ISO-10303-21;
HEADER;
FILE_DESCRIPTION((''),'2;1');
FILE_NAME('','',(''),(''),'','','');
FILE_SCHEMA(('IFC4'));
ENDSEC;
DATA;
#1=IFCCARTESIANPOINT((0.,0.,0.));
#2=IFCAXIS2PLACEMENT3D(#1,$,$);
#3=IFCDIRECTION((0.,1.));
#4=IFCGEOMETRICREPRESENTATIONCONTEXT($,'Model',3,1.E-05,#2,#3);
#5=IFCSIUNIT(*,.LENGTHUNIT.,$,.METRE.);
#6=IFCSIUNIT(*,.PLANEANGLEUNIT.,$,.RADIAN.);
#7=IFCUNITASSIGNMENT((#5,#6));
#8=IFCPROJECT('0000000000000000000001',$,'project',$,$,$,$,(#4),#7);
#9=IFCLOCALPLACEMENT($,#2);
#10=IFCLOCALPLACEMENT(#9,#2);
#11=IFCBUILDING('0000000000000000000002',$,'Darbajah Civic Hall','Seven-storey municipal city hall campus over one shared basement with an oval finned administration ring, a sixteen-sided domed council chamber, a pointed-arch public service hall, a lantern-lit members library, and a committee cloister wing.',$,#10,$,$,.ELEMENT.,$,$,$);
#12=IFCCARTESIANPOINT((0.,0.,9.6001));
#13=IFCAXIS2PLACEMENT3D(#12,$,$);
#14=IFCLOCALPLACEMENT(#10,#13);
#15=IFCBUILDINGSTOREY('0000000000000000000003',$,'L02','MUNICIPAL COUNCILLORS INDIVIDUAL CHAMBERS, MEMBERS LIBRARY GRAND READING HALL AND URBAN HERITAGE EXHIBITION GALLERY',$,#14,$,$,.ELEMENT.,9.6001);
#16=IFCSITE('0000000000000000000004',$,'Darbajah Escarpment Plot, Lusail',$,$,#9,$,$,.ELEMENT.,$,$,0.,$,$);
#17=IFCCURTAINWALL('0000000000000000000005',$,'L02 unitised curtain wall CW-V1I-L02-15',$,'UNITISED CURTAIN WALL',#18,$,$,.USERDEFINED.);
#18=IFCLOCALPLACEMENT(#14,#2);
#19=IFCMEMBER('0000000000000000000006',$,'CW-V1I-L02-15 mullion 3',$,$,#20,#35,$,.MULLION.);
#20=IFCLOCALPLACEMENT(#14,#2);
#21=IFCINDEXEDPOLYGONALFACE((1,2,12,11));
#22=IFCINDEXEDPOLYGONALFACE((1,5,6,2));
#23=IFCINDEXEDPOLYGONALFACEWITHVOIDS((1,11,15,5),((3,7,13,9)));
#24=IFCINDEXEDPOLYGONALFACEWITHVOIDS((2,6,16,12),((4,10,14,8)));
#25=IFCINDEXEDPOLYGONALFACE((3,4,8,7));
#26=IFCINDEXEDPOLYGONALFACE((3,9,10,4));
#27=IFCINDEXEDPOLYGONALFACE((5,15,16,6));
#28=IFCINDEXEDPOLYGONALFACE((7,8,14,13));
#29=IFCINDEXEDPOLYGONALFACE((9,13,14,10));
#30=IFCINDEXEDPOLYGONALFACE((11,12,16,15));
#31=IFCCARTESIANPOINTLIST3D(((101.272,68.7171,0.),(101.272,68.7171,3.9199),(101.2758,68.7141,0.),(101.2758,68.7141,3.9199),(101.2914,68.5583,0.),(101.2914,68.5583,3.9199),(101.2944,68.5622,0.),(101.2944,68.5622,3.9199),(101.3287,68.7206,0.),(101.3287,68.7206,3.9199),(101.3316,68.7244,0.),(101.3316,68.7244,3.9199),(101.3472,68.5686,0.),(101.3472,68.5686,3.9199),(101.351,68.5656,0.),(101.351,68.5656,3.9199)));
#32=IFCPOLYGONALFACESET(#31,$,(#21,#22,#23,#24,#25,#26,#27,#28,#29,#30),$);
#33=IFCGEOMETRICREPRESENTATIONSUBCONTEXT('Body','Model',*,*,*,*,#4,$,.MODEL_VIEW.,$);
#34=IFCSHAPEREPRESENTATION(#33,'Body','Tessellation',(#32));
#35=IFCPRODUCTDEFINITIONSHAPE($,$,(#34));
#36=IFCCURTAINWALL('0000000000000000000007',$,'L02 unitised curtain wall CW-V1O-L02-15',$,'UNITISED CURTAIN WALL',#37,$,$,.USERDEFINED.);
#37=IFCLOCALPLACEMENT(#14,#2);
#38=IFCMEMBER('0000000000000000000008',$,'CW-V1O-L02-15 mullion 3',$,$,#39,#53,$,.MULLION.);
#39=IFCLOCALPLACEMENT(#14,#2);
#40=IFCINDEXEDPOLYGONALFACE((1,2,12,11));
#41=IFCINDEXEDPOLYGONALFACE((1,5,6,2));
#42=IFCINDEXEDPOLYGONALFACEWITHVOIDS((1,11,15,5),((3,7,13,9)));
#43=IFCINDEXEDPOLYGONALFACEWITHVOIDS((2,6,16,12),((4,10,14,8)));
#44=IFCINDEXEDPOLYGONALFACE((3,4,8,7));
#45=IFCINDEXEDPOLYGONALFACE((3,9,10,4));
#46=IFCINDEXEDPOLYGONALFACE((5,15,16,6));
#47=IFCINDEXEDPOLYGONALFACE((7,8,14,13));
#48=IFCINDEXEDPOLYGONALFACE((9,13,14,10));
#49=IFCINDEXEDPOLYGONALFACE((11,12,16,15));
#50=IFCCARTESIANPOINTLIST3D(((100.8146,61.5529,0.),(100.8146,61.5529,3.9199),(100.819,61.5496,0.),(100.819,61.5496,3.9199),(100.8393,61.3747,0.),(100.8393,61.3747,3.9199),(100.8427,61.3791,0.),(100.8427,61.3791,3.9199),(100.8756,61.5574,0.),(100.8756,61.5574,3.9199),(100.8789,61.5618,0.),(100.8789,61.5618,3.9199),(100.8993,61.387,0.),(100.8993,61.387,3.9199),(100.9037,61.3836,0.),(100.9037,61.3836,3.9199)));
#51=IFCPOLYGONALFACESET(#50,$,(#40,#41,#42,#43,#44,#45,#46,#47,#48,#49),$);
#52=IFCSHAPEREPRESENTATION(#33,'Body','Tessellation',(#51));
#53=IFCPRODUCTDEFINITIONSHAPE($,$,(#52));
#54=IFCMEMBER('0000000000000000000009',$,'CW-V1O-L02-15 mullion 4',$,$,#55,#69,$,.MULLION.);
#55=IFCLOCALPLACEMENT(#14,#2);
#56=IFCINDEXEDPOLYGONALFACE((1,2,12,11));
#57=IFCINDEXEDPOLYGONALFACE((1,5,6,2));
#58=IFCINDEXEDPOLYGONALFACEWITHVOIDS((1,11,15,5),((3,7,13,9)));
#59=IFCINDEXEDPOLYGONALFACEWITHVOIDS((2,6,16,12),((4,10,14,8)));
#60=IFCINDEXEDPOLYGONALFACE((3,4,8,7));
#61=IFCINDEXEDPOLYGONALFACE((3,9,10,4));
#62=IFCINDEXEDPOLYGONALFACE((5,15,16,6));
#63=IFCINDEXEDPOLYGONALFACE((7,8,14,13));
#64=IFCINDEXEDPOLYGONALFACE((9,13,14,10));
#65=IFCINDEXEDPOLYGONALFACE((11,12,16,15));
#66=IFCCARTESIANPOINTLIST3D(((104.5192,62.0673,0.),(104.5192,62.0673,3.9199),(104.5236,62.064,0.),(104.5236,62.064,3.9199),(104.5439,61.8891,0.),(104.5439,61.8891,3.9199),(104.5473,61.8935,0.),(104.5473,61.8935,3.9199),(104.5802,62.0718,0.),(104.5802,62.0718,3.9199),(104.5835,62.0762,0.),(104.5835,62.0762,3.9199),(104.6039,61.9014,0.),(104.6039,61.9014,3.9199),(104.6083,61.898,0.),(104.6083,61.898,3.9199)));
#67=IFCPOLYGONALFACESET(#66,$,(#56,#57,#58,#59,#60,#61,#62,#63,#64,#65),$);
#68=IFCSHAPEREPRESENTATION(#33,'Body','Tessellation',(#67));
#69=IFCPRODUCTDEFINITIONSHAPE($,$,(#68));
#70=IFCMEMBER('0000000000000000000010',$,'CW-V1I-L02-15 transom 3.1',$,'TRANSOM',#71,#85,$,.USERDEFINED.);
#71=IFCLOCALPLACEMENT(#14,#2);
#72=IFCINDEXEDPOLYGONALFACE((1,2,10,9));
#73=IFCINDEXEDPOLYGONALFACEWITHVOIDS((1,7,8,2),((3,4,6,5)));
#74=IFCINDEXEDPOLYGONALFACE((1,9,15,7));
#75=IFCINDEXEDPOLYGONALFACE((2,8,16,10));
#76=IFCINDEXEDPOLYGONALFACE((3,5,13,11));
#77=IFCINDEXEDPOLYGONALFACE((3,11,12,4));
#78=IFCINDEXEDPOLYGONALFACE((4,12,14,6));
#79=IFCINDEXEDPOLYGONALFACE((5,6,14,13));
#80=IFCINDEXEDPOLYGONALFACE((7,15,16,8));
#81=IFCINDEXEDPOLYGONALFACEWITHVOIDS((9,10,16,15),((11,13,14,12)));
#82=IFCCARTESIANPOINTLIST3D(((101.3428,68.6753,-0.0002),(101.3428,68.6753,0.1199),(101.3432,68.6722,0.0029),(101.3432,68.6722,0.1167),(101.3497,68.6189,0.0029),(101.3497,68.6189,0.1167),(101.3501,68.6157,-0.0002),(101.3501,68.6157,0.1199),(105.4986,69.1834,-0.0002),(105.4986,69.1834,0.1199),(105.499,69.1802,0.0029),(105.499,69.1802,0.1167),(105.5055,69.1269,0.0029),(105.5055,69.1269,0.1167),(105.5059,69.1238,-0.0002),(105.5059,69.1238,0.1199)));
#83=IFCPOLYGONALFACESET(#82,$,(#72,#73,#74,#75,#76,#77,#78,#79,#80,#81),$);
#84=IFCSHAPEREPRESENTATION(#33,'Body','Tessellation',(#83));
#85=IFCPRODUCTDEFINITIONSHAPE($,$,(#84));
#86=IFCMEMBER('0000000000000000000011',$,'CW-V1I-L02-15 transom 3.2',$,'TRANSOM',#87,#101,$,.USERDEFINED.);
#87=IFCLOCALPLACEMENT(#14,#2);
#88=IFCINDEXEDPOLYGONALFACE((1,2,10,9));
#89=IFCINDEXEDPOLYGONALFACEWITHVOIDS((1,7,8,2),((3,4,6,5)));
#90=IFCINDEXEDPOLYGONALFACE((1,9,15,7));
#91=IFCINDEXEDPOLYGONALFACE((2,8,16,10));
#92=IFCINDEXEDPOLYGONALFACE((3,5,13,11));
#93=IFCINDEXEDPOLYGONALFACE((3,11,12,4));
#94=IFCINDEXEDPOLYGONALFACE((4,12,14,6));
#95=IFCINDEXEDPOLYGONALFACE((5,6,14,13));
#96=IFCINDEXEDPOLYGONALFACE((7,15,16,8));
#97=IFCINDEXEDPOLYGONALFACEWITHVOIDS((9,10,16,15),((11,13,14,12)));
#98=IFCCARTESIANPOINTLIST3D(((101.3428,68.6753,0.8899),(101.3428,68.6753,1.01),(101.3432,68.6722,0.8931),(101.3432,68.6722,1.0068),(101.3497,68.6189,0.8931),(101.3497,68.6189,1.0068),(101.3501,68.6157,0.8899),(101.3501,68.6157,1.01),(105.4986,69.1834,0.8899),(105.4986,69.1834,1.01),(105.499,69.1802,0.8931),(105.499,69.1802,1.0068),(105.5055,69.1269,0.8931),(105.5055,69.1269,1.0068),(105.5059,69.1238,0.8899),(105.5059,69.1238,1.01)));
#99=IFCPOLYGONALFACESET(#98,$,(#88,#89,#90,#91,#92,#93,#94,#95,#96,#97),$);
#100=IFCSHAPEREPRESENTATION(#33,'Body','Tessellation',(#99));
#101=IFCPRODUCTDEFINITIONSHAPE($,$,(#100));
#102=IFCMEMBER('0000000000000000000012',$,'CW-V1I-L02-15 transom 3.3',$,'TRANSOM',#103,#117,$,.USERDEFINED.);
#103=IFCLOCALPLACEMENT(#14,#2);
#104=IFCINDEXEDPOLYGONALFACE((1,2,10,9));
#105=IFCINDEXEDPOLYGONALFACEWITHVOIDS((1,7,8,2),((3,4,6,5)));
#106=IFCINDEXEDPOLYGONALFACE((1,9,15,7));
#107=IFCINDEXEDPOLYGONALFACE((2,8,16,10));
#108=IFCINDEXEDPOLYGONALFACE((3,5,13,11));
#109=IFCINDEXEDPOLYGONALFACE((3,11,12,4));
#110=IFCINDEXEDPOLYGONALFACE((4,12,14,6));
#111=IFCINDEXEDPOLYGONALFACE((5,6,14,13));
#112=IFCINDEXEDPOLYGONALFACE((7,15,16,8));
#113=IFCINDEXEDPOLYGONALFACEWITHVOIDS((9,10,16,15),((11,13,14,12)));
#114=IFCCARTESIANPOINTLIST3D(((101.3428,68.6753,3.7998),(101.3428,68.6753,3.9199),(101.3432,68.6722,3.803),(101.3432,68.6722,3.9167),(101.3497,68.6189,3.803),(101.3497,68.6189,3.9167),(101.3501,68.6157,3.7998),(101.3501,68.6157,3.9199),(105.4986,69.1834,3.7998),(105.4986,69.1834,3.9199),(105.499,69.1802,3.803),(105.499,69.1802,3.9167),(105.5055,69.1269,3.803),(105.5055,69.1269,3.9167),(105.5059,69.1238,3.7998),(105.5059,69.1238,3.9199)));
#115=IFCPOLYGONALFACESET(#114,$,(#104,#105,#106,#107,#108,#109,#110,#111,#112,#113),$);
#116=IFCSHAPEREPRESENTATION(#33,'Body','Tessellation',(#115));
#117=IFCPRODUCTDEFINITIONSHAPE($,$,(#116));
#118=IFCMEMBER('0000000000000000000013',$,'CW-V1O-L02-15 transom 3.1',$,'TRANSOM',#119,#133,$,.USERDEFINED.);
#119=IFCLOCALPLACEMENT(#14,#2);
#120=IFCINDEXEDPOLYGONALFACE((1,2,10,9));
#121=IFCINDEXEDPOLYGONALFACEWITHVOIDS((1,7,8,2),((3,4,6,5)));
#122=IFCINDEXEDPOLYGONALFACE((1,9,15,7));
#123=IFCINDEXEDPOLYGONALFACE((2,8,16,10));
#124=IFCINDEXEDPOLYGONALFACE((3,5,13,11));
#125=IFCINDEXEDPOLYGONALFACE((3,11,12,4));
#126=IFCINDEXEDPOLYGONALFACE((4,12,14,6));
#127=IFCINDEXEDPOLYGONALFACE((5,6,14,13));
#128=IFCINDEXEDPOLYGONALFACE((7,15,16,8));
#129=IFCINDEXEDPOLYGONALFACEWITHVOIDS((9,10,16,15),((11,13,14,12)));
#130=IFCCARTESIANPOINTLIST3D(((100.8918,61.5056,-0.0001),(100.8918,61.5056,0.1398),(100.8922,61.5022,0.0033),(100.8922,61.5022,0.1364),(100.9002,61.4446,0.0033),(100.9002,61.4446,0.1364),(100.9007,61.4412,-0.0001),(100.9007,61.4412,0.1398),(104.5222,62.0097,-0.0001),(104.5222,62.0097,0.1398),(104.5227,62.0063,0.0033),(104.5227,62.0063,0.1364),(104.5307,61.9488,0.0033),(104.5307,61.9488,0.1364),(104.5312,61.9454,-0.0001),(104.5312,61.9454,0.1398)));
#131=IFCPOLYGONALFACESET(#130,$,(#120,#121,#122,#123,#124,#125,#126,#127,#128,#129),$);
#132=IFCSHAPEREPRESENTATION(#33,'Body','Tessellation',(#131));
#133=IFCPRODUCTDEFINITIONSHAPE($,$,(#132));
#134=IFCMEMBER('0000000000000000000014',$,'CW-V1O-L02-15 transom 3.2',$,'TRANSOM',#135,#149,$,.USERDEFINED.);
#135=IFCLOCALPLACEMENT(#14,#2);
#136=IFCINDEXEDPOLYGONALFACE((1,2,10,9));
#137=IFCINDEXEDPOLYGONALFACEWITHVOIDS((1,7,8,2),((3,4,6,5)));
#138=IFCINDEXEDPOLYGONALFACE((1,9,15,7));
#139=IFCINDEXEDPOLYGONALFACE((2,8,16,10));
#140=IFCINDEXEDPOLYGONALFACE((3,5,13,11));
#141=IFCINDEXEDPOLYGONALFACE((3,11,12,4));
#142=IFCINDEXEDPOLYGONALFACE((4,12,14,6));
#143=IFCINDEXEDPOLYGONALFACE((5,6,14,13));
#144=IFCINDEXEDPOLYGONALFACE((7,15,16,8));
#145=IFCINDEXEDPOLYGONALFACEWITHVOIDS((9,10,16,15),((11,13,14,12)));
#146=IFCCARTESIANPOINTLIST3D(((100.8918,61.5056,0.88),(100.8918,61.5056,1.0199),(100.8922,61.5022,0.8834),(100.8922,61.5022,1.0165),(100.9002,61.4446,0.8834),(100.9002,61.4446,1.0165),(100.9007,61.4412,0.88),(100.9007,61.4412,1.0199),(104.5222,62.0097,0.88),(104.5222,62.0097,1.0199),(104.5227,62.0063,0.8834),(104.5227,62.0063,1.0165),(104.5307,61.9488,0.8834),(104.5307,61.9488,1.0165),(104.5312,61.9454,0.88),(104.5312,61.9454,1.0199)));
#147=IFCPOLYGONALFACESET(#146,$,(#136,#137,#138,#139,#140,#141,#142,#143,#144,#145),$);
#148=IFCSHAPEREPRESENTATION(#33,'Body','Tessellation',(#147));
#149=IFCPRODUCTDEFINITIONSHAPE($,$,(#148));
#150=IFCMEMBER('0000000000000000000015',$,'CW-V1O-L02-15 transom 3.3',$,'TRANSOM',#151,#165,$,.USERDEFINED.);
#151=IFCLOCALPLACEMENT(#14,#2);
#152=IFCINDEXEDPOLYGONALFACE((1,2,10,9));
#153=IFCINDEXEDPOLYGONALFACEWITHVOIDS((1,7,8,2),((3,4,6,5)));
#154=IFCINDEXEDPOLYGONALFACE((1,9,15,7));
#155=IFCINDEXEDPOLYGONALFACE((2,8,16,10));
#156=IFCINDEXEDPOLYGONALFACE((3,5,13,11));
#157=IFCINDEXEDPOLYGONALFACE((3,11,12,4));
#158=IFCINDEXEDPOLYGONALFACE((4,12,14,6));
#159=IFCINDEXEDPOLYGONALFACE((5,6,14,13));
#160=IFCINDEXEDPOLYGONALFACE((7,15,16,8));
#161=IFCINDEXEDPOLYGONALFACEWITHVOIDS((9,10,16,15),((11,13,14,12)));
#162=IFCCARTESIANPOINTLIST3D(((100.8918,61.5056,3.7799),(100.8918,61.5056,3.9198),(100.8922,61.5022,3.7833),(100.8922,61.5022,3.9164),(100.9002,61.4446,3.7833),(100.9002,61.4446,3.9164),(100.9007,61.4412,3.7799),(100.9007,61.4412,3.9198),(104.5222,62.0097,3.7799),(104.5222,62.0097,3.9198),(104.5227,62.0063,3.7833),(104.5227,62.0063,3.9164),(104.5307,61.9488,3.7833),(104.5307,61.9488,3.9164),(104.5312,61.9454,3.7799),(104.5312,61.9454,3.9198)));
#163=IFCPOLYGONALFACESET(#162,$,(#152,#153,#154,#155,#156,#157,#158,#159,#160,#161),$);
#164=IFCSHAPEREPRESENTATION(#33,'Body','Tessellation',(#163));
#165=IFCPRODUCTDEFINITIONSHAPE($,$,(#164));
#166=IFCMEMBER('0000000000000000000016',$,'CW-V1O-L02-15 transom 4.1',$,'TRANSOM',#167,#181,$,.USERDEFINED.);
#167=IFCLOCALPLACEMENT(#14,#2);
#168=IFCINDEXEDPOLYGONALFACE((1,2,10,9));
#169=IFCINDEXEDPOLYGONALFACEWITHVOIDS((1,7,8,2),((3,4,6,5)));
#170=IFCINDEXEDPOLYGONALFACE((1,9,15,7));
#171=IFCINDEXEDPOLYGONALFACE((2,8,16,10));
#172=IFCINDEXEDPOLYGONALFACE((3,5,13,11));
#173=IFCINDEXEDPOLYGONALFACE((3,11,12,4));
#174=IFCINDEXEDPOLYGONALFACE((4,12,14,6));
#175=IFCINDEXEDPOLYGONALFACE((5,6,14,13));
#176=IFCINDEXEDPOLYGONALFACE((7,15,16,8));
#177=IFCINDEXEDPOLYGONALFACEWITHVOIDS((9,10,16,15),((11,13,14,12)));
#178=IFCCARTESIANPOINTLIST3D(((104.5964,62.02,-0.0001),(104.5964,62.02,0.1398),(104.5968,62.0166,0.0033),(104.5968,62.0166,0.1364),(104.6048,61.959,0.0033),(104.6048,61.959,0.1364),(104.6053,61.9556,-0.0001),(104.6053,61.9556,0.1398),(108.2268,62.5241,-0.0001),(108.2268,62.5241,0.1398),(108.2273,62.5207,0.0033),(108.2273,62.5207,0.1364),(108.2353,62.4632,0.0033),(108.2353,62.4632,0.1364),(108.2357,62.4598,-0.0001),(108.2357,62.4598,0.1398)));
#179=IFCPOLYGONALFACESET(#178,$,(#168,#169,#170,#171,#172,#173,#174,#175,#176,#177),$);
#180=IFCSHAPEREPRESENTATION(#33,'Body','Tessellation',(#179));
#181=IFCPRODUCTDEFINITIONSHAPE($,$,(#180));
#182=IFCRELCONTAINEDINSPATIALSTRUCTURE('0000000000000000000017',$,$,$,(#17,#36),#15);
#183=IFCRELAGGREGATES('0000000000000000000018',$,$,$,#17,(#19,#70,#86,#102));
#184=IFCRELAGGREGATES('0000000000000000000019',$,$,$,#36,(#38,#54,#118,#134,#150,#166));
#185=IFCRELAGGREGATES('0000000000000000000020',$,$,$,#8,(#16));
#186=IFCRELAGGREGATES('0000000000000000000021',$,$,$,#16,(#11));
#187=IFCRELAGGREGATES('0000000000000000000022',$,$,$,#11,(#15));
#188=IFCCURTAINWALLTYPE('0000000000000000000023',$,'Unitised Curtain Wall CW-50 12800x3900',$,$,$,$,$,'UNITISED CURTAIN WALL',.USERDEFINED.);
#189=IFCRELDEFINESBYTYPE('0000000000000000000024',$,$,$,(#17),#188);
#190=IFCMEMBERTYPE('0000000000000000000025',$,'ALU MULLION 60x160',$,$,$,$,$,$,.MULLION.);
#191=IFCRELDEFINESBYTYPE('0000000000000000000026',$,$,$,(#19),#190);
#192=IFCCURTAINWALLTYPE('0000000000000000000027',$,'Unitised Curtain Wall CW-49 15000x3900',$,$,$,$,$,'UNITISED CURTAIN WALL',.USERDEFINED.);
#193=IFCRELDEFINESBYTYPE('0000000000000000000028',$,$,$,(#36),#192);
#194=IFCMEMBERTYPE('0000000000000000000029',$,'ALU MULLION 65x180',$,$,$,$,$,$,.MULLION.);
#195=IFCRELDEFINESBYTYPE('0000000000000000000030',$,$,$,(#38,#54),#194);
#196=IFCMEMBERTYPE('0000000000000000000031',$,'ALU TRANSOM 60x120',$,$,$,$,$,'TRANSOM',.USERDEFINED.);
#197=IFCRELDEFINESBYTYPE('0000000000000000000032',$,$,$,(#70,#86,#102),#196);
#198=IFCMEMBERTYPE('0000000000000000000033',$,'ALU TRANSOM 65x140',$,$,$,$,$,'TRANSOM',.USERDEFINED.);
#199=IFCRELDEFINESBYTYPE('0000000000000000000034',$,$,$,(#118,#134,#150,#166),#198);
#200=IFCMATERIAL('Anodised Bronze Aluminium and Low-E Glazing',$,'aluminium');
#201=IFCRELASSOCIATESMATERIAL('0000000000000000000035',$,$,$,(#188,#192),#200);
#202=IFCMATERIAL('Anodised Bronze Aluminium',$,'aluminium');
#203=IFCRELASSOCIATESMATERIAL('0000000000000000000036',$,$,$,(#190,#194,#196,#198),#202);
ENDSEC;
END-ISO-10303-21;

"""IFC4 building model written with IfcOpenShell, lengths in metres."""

from ifc_helpers import new_model, si_unit, direction, frame, origin, origin_2d, place, context, subcontext, project, spatial, hollow_rectangle, extrude, material, material_profile, profile_set, type_object, element, aggregate, save


model = new_model("IFC4")

# Units and contexts
model_context = context("Model", 3, precision=1e-05, world=origin(), true_north=direction((0.0, 1.0)))
body_context = subcontext(model_context, "Body", "Model", "MODEL_VIEW")
ifc_project = project(units=[si_unit("LENGTHUNIT", "METRE"), si_unit("PLANEANGLEUNIT", "RADIAN")], contexts=[model_context])

# Site, building, storey
site_placement = place(None, origin())
site = spatial("IfcSite", under=ifc_project, at=site_placement, Name="Darbajah Escarpment Plot, Lusail", CompositionType="ELEMENT", RefElevation=0.0)
building_placement = place(site_placement, origin())
building = spatial("IfcBuilding", under=site, at=building_placement, Name="Darbajah Civic Hall", Description="Seven-storey municipal city hall campus over one shared basement with an oval finned administration ring, a sixteen-sided domed council chamber, a pointed-arch public service hall, a lantern-lit members library, and a committee cloister wing.", CompositionType="ELEMENT")
storey_placement = place(building_placement, frame((0.0, 0.0, 9.6001)))
storey = spatial("IfcBuildingStorey", under=building, at=storey_placement, Name="L02", Description="MUNICIPAL COUNCILLORS INDIVIDUAL CHAMBERS, MEMBERS LIBRARY GRAND READING HALL AND URBAN HERITAGE EXHIBITION GALLERY", CompositionType="ELEMENT", Elevation=9.6001)

# Curtain wall, member
ifc_material_1 = material(Name="Anodised Bronze Aluminium and Low-E Glazing", Category="aluminium")
curtain_wall_type_1 = type_object("IfcCurtainWallType", Name="Unitised Curtain Wall CW-50 12800x3900", ElementType="UNITISED CURTAIN WALL", PredefinedType="USERDEFINED", material=ifc_material_1)
curtain_wall_1_placement = place(storey_placement, origin())
curtain_wall_1 = element("IfcCurtainWall", 1, at=curtain_wall_1_placement, inside=storey, type_object=curtain_wall_type_1, Name="L02 unitised curtain wall CW-V1I-L02-15", ObjectType="UNITISED CURTAIN WALL", PredefinedType="USERDEFINED")
ifc_material_2 = material(Name="Anodised Bronze Aluminium", Category="aluminium")
ifc_material_profile_1 = material_profile(ifc_material_2, hollow_rectangle(XDim=0.0601, YDim=0.1599, WallThickness=0.0034, at=origin_2d()), Name="ALU MULLION 60x160")
ifc_profile_set_1 = profile_set([ifc_material_profile_1], Name="Anodised Bronze Aluminium")
member_type_1 = type_object("IfcMemberType", Name="ALU MULLION 60x160", PredefinedType="MULLION", material=ifc_profile_set_1)
member_1_placement = place(storey_placement, frame((101.3115, 68.6414, 0.0), z_axis=(0.0, 0.0, 1.0), x_axis=(0.99261, 0.12135, 0.0)))
member_1 = element("IfcMember", 2, at=member_1_placement, type_object=member_type_1, Name="CW-V1I-L02-15 mullion 3", PredefinedType="MULLION", context=body_context, shape_type="SweptSolid", body=[
    extrude(hollow_rectangle(XDim=0.0601, YDim=0.1599, WallThickness=0.0034, at=origin_2d()), origin(), (0.0, 0.0, 1.0), 3.9199),
])

# Curtain wall, members
curtain_wall_type_2 = type_object("IfcCurtainWallType", Name="Unitised Curtain Wall CW-49 15000x3900", ElementType="UNITISED CURTAIN WALL", PredefinedType="USERDEFINED", material=ifc_material_1)
curtain_wall_2_placement = place(storey_placement, origin())
curtain_wall_2 = element("IfcCurtainWall", 3, at=curtain_wall_2_placement, inside=storey, type_object=curtain_wall_type_2, Name="L02 unitised curtain wall CW-V1O-L02-15", ObjectType="UNITISED CURTAIN WALL", PredefinedType="USERDEFINED")
ifc_material_profile_2 = material_profile(ifc_material_2, hollow_rectangle(XDim=0.0649, YDim=0.1799, WallThickness=0.0039, at=origin_2d()), Name="ALU MULLION 65x180")
ifc_profile_set_2 = profile_set([ifc_material_profile_2], Name="Anodised Bronze Aluminium")
member_type_2 = type_object("IfcMemberType", Name="ALU MULLION 65x180", PredefinedType="MULLION", material=ifc_profile_set_2)
member_2_placement = place(storey_placement, frame((100.8591, 61.4683, 0.0), z_axis=(0.0, 0.0, 1.0), x_axis=(0.990485, 0.137617, 0.0)))
member_2 = element("IfcMember", 4, at=member_2_placement, type_object=member_type_2, Name="CW-V1O-L02-15 mullion 3", PredefinedType="MULLION", context=body_context, shape_type="SweptSolid", body=[
    extrude(hollow_rectangle(XDim=0.0649, YDim=0.1799, WallThickness=0.0039, at=origin_2d()), origin(), (0.0, 0.0, 1.0), 3.9199),
])
member_3_placement = place(storey_placement, frame((104.5637, 61.9827, 0.0), z_axis=(0.0, 0.0, 1.0), x_axis=(0.990485, 0.137617, 0.0)))
member_3 = element("IfcMember", 5, at=member_3_placement, type_object=member_type_2, Name="CW-V1O-L02-15 mullion 4", PredefinedType="MULLION", context=body_context, shape_type="SweptSolid", body=[
    extrude(hollow_rectangle(XDim=0.0649, YDim=0.1799, WallThickness=0.0039, at=origin_2d()), origin(), (0.0, 0.0, 1.0), 3.9199),
])

# Members
ifc_material_profile_3 = material_profile(ifc_material_2, hollow_rectangle(XDim=0.0601, YDim=0.1201, WallThickness=0.0032, at=origin_2d()), Name="ALU TRANSOM 60x120")
ifc_profile_set_3 = profile_set([ifc_material_profile_3], Name="Anodised Bronze Aluminium")
member_type_3 = type_object("IfcMemberType", Name="ALU TRANSOM 60x120", ElementType="TRANSOM", PredefinedType="USERDEFINED", material=ifc_profile_set_3)
member_4_placement = place(storey_placement, frame((101.3464, 68.6455, 0.0598), z_axis=(0.99261, 0.12135, 0.0), x_axis=(-0.12135, 0.99261, 0.0)))
member_4 = element("IfcMember", 6, at=member_4_placement, type_object=member_type_3, Name="CW-V1I-L02-15 transom 3.1", ObjectType="TRANSOM", PredefinedType="USERDEFINED", context=body_context, shape_type="SweptSolid", body=[
    extrude(hollow_rectangle(XDim=0.0601, YDim=0.1201, WallThickness=0.0032, at=origin_2d()), origin(), (0.0, 0.0, 1.0), 4.1868),
])
member_5_placement = place(storey_placement, frame((101.3464, 68.6455, 0.95), z_axis=(0.99261, 0.12135, 0.0), x_axis=(-0.12135, 0.99261, 0.0)))
member_5 = element("IfcMember", 7, at=member_5_placement, type_object=member_type_3, Name="CW-V1I-L02-15 transom 3.2", ObjectType="TRANSOM", PredefinedType="USERDEFINED", context=body_context, shape_type="SweptSolid", body=[
    extrude(hollow_rectangle(XDim=0.0601, YDim=0.1201, WallThickness=0.0032, at=origin_2d()), origin(), (0.0, 0.0, 1.0), 4.1868),
])
member_6_placement = place(storey_placement, frame((101.3464, 68.6455, 3.8599), z_axis=(0.99261, 0.12135, 0.0), x_axis=(-0.12135, 0.99261, 0.0)))
member_6 = element("IfcMember", 8, at=member_6_placement, type_object=member_type_3, Name="CW-V1I-L02-15 transom 3.3", ObjectType="TRANSOM", PredefinedType="USERDEFINED", context=body_context, shape_type="SweptSolid", body=[
    extrude(hollow_rectangle(XDim=0.0601, YDim=0.1201, WallThickness=0.0032, at=origin_2d()), origin(), (0.0, 0.0, 1.0), 4.1868),
])
ifc_material_profile_4 = material_profile(ifc_material_2, hollow_rectangle(XDim=0.0649, YDim=0.1399, WallThickness=0.0034, at=origin_2d()), Name="ALU TRANSOM 65x140")
ifc_profile_set_4 = profile_set([ifc_material_profile_4], Name="Anodised Bronze Aluminium")
member_type_4 = type_object("IfcMemberType", Name="ALU TRANSOM 65x140", ElementType="TRANSOM", PredefinedType="USERDEFINED", material=ifc_profile_set_4)
member_7_placement = place(storey_placement, frame((100.8962, 61.4734, 0.0698), z_axis=(0.990495, 0.13755, 0.0), x_axis=(-0.13755, 0.990495, 0.0)))
member_7 = element("IfcMember", 9, at=member_7_placement, type_object=member_type_4, Name="CW-V1O-L02-15 transom 3.1", ObjectType="TRANSOM", PredefinedType="USERDEFINED", context=body_context, shape_type="SweptSolid", body=[
    extrude(hollow_rectangle(XDim=0.0649, YDim=0.1399, WallThickness=0.0034, at=origin_2d()), origin(), (0.0, 0.0, 1.0), 3.6653),
])
member_8_placement = place(storey_placement, frame((100.8962, 61.4734, 0.95), z_axis=(0.990495, 0.13755, 0.0), x_axis=(-0.13755, 0.990495, 0.0)))
member_8 = element("IfcMember", 10, at=member_8_placement, type_object=member_type_4, Name="CW-V1O-L02-15 transom 3.2", ObjectType="TRANSOM", PredefinedType="USERDEFINED", context=body_context, shape_type="SweptSolid", body=[
    extrude(hollow_rectangle(XDim=0.0649, YDim=0.1399, WallThickness=0.0034, at=origin_2d()), origin(), (0.0, 0.0, 1.0), 3.6653),
])
member_9_placement = place(storey_placement, frame((100.8962, 61.4734, 3.8499), z_axis=(0.990495, 0.13755, 0.0), x_axis=(-0.13755, 0.990495, 0.0)))
member_9 = element("IfcMember", 11, at=member_9_placement, type_object=member_type_4, Name="CW-V1O-L02-15 transom 3.3", ObjectType="TRANSOM", PredefinedType="USERDEFINED", context=body_context, shape_type="SweptSolid", body=[
    extrude(hollow_rectangle(XDim=0.0649, YDim=0.1399, WallThickness=0.0034, at=origin_2d()), origin(), (0.0, 0.0, 1.0), 3.6653),
])
member_10_placement = place(storey_placement, frame((104.6008, 61.9878, 0.0698), z_axis=(0.990495, 0.13755, 0.0), x_axis=(-0.13755, 0.990495, 0.0)))
member_10 = element("IfcMember", 12, at=member_10_placement, type_object=member_type_4, Name="CW-V1O-L02-15 transom 4.1", ObjectType="TRANSOM", PredefinedType="USERDEFINED", context=body_context, shape_type="SweptSolid", body=[
    extrude(hollow_rectangle(XDim=0.0649, YDim=0.1399, WallThickness=0.0034, at=origin_2d()), origin(), (0.0, 0.0, 1.0), 3.6653),
])

aggregate(curtain_wall_1, [member_1, member_4, member_5, member_6])
aggregate(curtain_wall_2, [member_2, member_3, member_7, member_8, member_9, member_10])

save(model, "model.ifc")
